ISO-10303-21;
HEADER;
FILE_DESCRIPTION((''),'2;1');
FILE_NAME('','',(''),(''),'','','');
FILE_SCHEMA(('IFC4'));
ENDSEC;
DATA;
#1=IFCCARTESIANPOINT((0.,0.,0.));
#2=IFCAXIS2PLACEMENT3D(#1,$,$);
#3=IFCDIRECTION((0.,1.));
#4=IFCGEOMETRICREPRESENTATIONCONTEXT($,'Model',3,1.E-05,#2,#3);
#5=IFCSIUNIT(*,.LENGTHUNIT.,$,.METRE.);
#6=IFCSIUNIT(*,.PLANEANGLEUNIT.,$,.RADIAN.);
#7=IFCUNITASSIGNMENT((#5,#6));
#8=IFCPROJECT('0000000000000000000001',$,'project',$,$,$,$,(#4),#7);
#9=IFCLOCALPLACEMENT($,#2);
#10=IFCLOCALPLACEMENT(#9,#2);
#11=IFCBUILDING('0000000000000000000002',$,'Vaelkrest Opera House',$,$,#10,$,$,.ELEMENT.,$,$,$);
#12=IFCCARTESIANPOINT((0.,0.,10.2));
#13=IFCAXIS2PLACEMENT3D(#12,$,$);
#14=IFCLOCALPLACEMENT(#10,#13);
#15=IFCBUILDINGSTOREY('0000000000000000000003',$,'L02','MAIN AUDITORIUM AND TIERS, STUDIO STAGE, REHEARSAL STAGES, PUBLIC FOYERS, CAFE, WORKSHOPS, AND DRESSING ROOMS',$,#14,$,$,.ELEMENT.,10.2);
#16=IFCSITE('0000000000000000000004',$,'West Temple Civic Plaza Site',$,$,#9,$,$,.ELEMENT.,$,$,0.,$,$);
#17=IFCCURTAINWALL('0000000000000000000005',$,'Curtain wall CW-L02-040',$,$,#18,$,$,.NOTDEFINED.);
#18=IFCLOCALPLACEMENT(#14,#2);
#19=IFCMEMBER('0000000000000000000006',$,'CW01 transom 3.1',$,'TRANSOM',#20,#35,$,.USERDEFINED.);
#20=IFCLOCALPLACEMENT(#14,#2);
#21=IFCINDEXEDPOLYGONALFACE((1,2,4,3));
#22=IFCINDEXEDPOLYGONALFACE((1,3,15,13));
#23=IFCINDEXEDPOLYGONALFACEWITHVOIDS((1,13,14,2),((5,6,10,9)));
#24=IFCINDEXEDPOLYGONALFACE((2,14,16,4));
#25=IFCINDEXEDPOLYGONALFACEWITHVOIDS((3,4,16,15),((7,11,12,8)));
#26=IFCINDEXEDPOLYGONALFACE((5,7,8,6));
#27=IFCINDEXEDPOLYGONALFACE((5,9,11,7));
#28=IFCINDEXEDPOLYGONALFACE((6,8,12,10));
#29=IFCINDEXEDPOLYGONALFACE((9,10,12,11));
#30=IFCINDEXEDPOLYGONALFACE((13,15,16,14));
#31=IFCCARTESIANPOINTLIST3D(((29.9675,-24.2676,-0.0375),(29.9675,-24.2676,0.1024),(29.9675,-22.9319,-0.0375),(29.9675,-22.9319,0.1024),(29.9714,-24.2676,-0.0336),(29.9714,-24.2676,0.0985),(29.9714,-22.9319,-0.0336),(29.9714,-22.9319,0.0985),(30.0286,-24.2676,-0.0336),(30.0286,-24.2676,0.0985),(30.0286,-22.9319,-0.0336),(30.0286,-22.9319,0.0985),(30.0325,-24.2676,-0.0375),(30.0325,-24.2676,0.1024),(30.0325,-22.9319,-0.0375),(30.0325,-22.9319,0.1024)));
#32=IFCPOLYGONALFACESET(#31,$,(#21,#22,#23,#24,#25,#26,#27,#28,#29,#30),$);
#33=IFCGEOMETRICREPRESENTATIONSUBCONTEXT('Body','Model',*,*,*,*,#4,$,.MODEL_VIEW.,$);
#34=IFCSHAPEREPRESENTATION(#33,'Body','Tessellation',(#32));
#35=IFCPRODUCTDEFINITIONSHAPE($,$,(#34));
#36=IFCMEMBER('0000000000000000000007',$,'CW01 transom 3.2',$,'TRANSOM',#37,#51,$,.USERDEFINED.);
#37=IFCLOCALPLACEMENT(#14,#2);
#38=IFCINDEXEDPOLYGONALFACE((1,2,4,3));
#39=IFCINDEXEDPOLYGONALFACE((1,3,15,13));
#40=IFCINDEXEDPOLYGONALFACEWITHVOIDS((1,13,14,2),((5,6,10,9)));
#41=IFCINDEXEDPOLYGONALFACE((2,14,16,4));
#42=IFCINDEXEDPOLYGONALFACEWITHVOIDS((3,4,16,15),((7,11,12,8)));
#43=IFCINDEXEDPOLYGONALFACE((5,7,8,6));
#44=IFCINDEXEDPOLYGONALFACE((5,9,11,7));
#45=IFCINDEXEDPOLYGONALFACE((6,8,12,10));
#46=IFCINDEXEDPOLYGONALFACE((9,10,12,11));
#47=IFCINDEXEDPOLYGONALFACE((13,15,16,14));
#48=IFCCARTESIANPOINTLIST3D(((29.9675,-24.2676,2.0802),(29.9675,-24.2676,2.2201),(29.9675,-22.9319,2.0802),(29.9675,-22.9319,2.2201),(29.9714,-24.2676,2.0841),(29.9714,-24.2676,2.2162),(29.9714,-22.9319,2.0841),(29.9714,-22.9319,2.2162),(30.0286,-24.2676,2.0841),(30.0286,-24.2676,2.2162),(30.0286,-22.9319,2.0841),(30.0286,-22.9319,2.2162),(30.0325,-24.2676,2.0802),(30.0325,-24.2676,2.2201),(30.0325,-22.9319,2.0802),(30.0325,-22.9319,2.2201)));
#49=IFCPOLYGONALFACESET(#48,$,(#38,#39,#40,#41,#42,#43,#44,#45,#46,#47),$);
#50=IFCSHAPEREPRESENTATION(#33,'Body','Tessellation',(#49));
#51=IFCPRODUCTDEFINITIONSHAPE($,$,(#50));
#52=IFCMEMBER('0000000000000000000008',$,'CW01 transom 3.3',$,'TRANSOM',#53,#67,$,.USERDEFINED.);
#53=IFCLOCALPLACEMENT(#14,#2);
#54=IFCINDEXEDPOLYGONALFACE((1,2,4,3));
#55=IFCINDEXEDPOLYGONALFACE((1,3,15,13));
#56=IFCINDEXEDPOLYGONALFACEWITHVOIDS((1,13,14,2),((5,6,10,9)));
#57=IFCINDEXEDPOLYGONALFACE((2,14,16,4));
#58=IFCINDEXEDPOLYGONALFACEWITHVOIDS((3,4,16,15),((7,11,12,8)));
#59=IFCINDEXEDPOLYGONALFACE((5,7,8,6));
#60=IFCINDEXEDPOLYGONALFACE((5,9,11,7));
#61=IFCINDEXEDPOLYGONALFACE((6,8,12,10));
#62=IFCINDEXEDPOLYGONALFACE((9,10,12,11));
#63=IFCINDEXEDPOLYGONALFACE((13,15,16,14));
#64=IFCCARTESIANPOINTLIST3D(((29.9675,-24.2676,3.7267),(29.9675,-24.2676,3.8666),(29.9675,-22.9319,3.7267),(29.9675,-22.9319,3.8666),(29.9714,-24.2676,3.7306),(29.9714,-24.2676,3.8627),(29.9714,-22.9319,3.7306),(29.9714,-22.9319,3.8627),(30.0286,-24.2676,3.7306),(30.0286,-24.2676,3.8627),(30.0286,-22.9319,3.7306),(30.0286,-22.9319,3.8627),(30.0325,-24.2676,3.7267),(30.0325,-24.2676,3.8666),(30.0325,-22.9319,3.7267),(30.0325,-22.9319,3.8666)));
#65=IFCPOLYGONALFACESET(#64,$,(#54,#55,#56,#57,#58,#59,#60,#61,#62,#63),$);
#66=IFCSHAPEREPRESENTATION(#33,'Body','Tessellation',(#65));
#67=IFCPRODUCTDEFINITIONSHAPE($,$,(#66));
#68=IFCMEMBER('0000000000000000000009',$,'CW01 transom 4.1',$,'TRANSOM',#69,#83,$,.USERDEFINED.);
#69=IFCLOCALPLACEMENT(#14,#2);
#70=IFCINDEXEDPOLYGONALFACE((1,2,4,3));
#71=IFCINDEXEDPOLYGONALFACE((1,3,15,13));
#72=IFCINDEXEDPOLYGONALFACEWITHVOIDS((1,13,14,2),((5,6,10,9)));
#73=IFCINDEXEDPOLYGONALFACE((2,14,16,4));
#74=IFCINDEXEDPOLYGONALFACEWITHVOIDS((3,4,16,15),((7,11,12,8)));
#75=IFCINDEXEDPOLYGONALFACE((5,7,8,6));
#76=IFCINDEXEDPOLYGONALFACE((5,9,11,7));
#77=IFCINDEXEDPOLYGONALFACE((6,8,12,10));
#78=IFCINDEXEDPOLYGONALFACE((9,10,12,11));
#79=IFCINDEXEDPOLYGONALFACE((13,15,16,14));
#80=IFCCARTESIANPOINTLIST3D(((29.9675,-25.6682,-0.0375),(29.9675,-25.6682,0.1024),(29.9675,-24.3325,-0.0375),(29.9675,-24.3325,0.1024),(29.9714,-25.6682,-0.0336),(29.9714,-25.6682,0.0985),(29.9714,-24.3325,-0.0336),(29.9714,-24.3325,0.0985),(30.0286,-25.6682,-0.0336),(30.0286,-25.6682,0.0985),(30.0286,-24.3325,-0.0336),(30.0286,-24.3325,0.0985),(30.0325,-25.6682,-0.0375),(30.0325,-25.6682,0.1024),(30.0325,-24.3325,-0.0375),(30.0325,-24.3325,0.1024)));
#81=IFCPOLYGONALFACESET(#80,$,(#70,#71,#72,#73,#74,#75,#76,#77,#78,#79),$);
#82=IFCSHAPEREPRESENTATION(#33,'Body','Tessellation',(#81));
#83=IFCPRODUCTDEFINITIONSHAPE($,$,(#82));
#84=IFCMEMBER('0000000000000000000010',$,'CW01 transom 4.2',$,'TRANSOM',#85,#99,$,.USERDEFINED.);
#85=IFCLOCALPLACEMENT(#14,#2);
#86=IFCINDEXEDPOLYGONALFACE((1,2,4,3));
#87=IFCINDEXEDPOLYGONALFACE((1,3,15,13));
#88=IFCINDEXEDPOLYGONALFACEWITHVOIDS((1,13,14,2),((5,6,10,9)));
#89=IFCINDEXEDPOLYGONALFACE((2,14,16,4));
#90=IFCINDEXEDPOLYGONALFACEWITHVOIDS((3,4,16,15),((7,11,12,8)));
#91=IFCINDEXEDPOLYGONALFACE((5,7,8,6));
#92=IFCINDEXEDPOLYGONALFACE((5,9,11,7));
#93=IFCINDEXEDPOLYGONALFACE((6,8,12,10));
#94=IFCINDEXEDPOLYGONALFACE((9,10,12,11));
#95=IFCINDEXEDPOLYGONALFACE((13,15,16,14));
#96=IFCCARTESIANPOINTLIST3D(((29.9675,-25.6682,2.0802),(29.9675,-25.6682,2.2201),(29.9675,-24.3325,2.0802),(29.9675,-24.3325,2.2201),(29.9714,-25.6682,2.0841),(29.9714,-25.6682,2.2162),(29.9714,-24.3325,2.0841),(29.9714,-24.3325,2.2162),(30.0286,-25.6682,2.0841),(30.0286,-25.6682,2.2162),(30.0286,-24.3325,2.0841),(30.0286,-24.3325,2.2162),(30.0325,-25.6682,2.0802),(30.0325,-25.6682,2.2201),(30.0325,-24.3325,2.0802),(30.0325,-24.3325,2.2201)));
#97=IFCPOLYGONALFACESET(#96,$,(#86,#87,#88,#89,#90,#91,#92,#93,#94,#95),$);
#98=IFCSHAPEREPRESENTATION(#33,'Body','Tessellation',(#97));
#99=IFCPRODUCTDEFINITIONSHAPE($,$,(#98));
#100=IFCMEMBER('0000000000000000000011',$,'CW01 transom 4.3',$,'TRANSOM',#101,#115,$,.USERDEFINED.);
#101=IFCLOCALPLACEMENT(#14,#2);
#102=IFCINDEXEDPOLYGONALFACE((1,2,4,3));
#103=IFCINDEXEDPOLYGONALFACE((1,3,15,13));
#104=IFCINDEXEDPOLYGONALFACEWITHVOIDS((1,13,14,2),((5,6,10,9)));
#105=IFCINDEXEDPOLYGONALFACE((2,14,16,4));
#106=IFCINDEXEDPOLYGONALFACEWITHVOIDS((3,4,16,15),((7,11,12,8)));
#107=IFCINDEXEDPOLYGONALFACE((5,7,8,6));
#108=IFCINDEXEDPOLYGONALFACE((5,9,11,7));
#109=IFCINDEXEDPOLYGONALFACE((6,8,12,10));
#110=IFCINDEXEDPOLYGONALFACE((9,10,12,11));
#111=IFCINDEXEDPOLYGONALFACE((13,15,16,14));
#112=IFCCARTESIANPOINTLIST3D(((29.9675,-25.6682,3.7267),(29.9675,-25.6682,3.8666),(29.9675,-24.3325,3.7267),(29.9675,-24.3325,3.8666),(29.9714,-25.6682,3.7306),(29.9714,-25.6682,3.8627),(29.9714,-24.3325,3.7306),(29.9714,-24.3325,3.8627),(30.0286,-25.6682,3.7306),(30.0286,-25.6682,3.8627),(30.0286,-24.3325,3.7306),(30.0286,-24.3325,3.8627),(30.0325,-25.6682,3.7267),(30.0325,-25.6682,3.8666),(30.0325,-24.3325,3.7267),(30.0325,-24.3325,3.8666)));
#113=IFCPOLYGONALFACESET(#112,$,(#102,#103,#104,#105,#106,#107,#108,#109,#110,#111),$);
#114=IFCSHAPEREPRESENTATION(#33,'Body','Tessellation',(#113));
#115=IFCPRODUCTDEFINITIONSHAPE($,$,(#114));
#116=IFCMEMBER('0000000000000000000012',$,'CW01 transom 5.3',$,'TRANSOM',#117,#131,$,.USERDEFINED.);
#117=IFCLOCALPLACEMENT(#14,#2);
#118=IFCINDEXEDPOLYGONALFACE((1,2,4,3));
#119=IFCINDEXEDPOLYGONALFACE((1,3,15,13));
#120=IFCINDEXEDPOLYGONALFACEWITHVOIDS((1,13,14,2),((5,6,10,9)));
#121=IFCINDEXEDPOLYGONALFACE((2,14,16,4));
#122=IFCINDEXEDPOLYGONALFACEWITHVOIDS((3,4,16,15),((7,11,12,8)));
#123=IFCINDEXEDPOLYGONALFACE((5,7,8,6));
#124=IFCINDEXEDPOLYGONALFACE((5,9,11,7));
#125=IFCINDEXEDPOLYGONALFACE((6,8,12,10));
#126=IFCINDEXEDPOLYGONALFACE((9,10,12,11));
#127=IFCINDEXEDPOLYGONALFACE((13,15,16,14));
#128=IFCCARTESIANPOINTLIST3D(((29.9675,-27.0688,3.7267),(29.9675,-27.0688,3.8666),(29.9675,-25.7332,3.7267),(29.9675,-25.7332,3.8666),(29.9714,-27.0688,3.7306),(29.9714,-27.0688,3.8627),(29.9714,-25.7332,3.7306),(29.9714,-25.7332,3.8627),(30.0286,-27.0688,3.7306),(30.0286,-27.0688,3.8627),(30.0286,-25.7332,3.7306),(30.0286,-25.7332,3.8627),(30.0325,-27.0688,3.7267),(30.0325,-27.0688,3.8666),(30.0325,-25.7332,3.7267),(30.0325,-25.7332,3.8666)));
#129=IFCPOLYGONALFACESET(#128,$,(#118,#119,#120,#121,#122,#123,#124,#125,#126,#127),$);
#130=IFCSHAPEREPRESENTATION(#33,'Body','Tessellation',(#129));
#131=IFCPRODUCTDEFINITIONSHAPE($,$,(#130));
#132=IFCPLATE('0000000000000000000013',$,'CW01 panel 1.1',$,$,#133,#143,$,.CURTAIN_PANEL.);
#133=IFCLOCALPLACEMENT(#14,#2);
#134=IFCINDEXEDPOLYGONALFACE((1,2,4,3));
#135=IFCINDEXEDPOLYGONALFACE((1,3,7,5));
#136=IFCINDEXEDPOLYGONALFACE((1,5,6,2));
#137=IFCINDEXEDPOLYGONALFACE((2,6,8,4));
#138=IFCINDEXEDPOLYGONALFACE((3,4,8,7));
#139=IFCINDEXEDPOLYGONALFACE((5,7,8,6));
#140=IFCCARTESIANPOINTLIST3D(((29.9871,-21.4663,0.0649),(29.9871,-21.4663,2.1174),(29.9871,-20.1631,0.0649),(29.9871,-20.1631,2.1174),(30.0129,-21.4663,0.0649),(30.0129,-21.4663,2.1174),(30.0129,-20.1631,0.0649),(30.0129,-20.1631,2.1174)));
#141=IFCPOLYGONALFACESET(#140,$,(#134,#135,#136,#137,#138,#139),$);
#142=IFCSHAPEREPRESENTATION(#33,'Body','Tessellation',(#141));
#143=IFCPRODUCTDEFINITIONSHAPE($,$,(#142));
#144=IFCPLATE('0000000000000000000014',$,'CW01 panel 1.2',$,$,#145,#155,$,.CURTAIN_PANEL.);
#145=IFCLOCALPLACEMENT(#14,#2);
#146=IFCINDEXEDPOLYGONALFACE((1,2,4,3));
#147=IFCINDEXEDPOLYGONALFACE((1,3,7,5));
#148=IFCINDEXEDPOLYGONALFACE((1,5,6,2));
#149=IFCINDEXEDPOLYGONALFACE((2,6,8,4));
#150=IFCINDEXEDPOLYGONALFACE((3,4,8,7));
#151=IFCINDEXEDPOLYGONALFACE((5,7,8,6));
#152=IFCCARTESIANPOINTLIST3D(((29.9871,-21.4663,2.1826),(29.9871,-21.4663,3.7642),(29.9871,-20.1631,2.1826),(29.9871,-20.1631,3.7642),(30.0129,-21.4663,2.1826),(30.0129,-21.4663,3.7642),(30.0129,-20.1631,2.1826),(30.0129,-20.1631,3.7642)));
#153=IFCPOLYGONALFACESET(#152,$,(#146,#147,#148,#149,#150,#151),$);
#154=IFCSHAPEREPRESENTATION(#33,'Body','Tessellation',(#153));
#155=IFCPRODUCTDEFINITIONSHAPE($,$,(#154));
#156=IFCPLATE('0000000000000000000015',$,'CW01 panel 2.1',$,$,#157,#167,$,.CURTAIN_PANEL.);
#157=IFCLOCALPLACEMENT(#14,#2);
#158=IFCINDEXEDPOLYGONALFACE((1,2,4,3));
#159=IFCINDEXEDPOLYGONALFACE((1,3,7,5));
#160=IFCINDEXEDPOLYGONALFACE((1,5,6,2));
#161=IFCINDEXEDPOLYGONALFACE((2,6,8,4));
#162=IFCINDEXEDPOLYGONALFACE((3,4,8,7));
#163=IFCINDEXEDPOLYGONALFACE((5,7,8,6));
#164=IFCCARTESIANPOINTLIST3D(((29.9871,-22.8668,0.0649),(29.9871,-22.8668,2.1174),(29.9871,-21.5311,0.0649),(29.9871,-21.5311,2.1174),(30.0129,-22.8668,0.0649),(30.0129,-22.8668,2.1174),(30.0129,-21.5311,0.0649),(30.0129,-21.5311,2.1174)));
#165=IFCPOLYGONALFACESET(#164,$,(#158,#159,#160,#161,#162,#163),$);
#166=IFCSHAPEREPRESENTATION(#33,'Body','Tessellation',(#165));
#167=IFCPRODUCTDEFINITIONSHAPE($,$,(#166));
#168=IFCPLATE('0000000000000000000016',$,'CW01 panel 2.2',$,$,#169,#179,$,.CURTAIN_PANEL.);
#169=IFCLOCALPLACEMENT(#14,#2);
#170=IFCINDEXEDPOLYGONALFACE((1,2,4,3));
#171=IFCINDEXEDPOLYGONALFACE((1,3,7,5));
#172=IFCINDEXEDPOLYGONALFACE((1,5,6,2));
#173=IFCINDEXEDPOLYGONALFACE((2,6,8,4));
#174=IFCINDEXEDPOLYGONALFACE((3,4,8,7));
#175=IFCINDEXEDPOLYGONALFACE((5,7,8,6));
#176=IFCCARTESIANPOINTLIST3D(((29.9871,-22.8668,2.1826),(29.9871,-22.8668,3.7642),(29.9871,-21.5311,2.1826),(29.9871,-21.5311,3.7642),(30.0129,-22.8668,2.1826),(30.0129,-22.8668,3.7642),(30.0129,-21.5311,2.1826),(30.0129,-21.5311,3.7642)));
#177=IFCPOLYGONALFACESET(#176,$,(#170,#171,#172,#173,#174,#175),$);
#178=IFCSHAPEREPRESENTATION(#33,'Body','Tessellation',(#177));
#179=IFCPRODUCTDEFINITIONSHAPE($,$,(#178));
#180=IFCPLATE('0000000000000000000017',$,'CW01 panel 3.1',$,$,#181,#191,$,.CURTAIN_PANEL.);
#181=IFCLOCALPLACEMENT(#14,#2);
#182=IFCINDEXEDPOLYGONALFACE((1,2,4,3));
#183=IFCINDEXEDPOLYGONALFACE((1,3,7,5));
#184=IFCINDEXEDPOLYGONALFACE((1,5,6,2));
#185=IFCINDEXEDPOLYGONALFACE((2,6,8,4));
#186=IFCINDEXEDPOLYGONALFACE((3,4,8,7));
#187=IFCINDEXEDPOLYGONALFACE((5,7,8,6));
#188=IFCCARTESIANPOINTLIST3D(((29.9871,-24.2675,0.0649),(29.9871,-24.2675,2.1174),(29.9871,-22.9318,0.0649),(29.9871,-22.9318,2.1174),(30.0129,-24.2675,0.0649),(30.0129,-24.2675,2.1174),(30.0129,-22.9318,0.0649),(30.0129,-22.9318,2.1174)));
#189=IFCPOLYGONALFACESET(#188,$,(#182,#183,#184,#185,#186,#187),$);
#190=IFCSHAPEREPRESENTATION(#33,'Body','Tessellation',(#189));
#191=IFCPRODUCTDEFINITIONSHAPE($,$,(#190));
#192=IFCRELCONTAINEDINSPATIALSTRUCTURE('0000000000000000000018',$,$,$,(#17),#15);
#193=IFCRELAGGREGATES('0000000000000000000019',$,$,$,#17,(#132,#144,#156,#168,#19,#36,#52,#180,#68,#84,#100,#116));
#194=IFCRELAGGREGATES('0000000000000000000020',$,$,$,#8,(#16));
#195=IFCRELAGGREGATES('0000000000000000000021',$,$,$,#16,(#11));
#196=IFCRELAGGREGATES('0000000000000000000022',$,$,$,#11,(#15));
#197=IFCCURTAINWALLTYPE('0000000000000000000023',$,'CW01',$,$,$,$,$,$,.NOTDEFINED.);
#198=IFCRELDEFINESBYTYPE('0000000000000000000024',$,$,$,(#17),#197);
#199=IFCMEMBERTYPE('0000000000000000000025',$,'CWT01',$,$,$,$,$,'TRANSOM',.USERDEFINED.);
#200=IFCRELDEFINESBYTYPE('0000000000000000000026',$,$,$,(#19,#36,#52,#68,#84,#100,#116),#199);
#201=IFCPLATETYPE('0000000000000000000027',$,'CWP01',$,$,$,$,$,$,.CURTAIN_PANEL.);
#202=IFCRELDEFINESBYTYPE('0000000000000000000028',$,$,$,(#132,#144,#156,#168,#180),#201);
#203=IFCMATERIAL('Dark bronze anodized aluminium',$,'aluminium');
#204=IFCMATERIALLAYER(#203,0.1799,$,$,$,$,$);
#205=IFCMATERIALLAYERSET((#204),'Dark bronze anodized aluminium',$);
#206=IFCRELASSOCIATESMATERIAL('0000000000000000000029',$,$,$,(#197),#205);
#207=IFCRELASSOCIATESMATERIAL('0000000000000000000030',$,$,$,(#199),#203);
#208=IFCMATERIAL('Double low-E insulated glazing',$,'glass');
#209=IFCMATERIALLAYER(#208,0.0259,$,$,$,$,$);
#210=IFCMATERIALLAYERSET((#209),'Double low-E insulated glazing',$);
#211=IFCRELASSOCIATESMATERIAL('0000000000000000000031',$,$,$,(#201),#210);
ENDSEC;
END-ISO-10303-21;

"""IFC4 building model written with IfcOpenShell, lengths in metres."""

from ifc_helpers import new_model, si_unit, direction, frame, origin, origin_2d, place, context, subcontext, project, spatial, rectangle, hollow_rectangle, extrude, material, layer, layer_set, material_profile, profile_set, type_object, element, aggregate, save


model = new_model("IFC4")

# Units and contexts
model_context = context("Model", 3, precision=1e-05, world=origin(), true_north=direction((0.0, 1.0)))
body_context = subcontext(model_context, "Body", "Model", "MODEL_VIEW")
ifc_project = project(units=[si_unit("LENGTHUNIT", "METRE"), si_unit("PLANEANGLEUNIT", "RADIAN")], contexts=[model_context])

# Site, building, storey
site_placement = place(None, origin())
site = spatial("IfcSite", under=ifc_project, at=site_placement, Name="West Temple Civic Plaza Site", CompositionType="ELEMENT", RefElevation=0.0)
building_placement = place(site_placement, origin())
building = spatial("IfcBuilding", under=site, at=building_placement, Name="Vaelkrest Opera House", CompositionType="ELEMENT")
storey_placement = place(building_placement, frame((0.0, 0.0, 10.2)))
storey = spatial("IfcBuildingStorey", under=building, at=storey_placement, Name="L02", Description="MAIN AUDITORIUM AND TIERS, STUDIO STAGE, REHEARSAL STAGES, PUBLIC FOYERS, CAFE, WORKSHOPS, AND DRESSING ROOMS", CompositionType="ELEMENT", Elevation=10.2)

# Curtain wall, members, plates
ifc_material_1 = material(Name="Dark bronze anodized aluminium", Category="aluminium")
ifc_layer_1 = layer(ifc_material_1, 0.1799)
ifc_layer_set_1 = layer_set([ifc_layer_1], Name="Dark bronze anodized aluminium")
curtain_wall_type = type_object("IfcCurtainWallType", Name="CW01", PredefinedType="NOTDEFINED", material=ifc_layer_set_1)
curtain_wall_placement = place(storey_placement, origin())
curtain_wall = element("IfcCurtainWall", 1, at=curtain_wall_placement, inside=storey, type_object=curtain_wall_type, Name="Curtain wall CW-L02-040", PredefinedType="NOTDEFINED")
ifc_material_profile_1 = material_profile(ifc_material_1, hollow_rectangle(XDim=0.0649, YDim=0.1399, WallThickness=0.0039, at=origin_2d()), Name="CWT65X140")
ifc_profile_set_1 = profile_set([ifc_material_profile_1], Name="Dark bronze anodized aluminium")
member_type_1 = type_object("IfcMemberType", Name="CWT01", ElementType="TRANSOM", PredefinedType="USERDEFINED", material=ifc_profile_set_1)
member_1_placement = place(storey_placement, frame((30.0, -22.9319, 0.0325), z_axis=(0.0, -1.0, 0.0), x_axis=(1.0, 0.0, 0.0)))
member_1 = element("IfcMember", 2, at=member_1_placement, type_object=member_type_1, Name="CW01 transom 3.1", ObjectType="TRANSOM", PredefinedType="USERDEFINED", context=body_context, shape_type="SweptSolid", body=[
    extrude(hollow_rectangle(XDim=0.0649, YDim=0.1399, WallThickness=0.0039, at=origin_2d()), origin(), (0.0, 0.0, 1.0), 1.3357),
])
member_2_placement = place(storey_placement, frame((30.0, -22.9319, 2.1501), z_axis=(0.0, -1.0, 0.0), x_axis=(1.0, 0.0, 0.0)))
member_2 = element("IfcMember", 3, at=member_2_placement, type_object=member_type_1, Name="CW01 transom 3.2", ObjectType="TRANSOM", PredefinedType="USERDEFINED", context=body_context, shape_type="SweptSolid", body=[
    extrude(hollow_rectangle(XDim=0.0649, YDim=0.1399, WallThickness=0.0039, at=origin_2d()), origin(), (0.0, 0.0, 1.0), 1.3357),
])
member_3_placement = place(storey_placement, frame((30.0, -22.9319, 3.7966), z_axis=(0.0, -1.0, 0.0), x_axis=(1.0, 0.0, 0.0)))
member_3 = element("IfcMember", 4, at=member_3_placement, type_object=member_type_1, Name="CW01 transom 3.3", ObjectType="TRANSOM", PredefinedType="USERDEFINED", context=body_context, shape_type="SweptSolid", body=[
    extrude(hollow_rectangle(XDim=0.0649, YDim=0.1399, WallThickness=0.0039, at=origin_2d()), origin(), (0.0, 0.0, 1.0), 1.3357),
])
member_4_placement = place(storey_placement, frame((30.0, -24.3325, 0.0325), z_axis=(0.0, -1.0, 0.0), x_axis=(1.0, 0.0, 0.0)))
member_4 = element("IfcMember", 5, at=member_4_placement, type_object=member_type_1, Name="CW01 transom 4.1", ObjectType="TRANSOM", PredefinedType="USERDEFINED", context=body_context, shape_type="SweptSolid", body=[
    extrude(hollow_rectangle(XDim=0.0649, YDim=0.1399, WallThickness=0.0039, at=origin_2d()), origin(), (0.0, 0.0, 1.0), 1.3357),
])
member_5_placement = place(storey_placement, frame((30.0, -24.3325, 2.1501), z_axis=(0.0, -1.0, 0.0), x_axis=(1.0, 0.0, 0.0)))
member_5 = element("IfcMember", 6, at=member_5_placement, type_object=member_type_1, Name="CW01 transom 4.2", ObjectType="TRANSOM", PredefinedType="USERDEFINED", context=body_context, shape_type="SweptSolid", body=[
    extrude(hollow_rectangle(XDim=0.0649, YDim=0.1399, WallThickness=0.0039, at=origin_2d()), origin(), (0.0, 0.0, 1.0), 1.3357),
])
member_6_placement = place(storey_placement, frame((30.0, -24.3325, 3.7966), z_axis=(0.0, -1.0, 0.0), x_axis=(1.0, 0.0, 0.0)))
member_6 = element("IfcMember", 7, at=member_6_placement, type_object=member_type_1, Name="CW01 transom 4.3", ObjectType="TRANSOM", PredefinedType="USERDEFINED", context=body_context, shape_type="SweptSolid", body=[
    extrude(hollow_rectangle(XDim=0.0649, YDim=0.1399, WallThickness=0.0039, at=origin_2d()), origin(), (0.0, 0.0, 1.0), 1.3357),
])
member_7_placement = place(storey_placement, frame((30.0, -25.7332, 3.7966), z_axis=(0.0, -1.0, 0.0), x_axis=(1.0, 0.0, 0.0)))
member_7 = element("IfcMember", 8, at=member_7_placement, type_object=member_type_1, Name="CW01 transom 5.3", ObjectType="TRANSOM", PredefinedType="USERDEFINED", context=body_context, shape_type="SweptSolid", body=[
    extrude(hollow_rectangle(XDim=0.0649, YDim=0.1399, WallThickness=0.0039, at=origin_2d()), origin(), (0.0, 0.0, 1.0), 1.3357),
])
ifc_material_2 = material(Name="Double low-E insulated glazing", Category="glass")
ifc_layer_2 = layer(ifc_material_2, 0.0259)
ifc_layer_set_2 = layer_set([ifc_layer_2], Name="Double low-E insulated glazing")
plate_type = type_object("IfcPlateType", Name="CWP01", PredefinedType="CURTAIN_PANEL", material=ifc_layer_set_2)
plate_1_placement = place(storey_placement, frame((30.0, -20.8147, 0.0649), z_axis=(0.0, 0.0, 1.0), x_axis=(0.0, -1.0, 0.0)))
plate_1 = element("IfcPlate", 9, at=plate_1_placement, type_object=plate_type, Name="CW01 panel 1.1", PredefinedType="CURTAIN_PANEL", context=body_context, shape_type="SweptSolid", body=[
    extrude(rectangle(XDim=1.3032, YDim=0.0259, at=origin_2d()), origin(), (0.0, 0.0, 1.0), 2.0525),
])
plate_2_placement = place(storey_placement, frame((30.0, -20.8147, 2.1826), z_axis=(0.0, 0.0, 1.0), x_axis=(0.0, -1.0, 0.0)))
plate_2 = element("IfcPlate", 10, at=plate_2_placement, type_object=plate_type, Name="CW01 panel 1.2", PredefinedType="CURTAIN_PANEL", context=body_context, shape_type="SweptSolid", body=[
    extrude(rectangle(XDim=1.3032, YDim=0.0259, at=origin_2d()), origin(), (0.0, 0.0, 1.0), 1.5815),
])
plate_3_placement = place(storey_placement, frame((30.0, -22.199, 0.0649), z_axis=(0.0, 0.0, 1.0), x_axis=(0.0, -1.0, 0.0)))
plate_3 = element("IfcPlate", 11, at=plate_3_placement, type_object=plate_type, Name="CW01 panel 2.1", PredefinedType="CURTAIN_PANEL", context=body_context, shape_type="SweptSolid", body=[
    extrude(rectangle(XDim=1.3357, YDim=0.0259, at=origin_2d()), origin(), (0.0, 0.0, 1.0), 2.0525),
])
plate_4_placement = place(storey_placement, frame((30.0, -22.199, 2.1826), z_axis=(0.0, 0.0, 1.0), x_axis=(0.0, -1.0, 0.0)))
plate_4 = element("IfcPlate", 12, at=plate_4_placement, type_object=plate_type, Name="CW01 panel 2.2", PredefinedType="CURTAIN_PANEL", context=body_context, shape_type="SweptSolid", body=[
    extrude(rectangle(XDim=1.3357, YDim=0.0259, at=origin_2d()), origin(), (0.0, 0.0, 1.0), 1.5815),
])
plate_5_placement = place(storey_placement, frame((30.0, -23.5996, 0.0649), z_axis=(0.0, 0.0, 1.0), x_axis=(0.0, -1.0, 0.0)))
plate_5 = element("IfcPlate", 13, at=plate_5_placement, type_object=plate_type, Name="CW01 panel 3.1", PredefinedType="CURTAIN_PANEL", context=body_context, shape_type="SweptSolid", body=[
    extrude(rectangle(XDim=1.3357, YDim=0.0259, at=origin_2d()), origin(), (0.0, 0.0, 1.0), 2.0525),
])
aggregate(curtain_wall, [plate_1, plate_2, plate_3, plate_4, member_1, member_2, member_3, plate_5, member_4, member_5, member_6, member_7])

save(model, "model.ifc")
